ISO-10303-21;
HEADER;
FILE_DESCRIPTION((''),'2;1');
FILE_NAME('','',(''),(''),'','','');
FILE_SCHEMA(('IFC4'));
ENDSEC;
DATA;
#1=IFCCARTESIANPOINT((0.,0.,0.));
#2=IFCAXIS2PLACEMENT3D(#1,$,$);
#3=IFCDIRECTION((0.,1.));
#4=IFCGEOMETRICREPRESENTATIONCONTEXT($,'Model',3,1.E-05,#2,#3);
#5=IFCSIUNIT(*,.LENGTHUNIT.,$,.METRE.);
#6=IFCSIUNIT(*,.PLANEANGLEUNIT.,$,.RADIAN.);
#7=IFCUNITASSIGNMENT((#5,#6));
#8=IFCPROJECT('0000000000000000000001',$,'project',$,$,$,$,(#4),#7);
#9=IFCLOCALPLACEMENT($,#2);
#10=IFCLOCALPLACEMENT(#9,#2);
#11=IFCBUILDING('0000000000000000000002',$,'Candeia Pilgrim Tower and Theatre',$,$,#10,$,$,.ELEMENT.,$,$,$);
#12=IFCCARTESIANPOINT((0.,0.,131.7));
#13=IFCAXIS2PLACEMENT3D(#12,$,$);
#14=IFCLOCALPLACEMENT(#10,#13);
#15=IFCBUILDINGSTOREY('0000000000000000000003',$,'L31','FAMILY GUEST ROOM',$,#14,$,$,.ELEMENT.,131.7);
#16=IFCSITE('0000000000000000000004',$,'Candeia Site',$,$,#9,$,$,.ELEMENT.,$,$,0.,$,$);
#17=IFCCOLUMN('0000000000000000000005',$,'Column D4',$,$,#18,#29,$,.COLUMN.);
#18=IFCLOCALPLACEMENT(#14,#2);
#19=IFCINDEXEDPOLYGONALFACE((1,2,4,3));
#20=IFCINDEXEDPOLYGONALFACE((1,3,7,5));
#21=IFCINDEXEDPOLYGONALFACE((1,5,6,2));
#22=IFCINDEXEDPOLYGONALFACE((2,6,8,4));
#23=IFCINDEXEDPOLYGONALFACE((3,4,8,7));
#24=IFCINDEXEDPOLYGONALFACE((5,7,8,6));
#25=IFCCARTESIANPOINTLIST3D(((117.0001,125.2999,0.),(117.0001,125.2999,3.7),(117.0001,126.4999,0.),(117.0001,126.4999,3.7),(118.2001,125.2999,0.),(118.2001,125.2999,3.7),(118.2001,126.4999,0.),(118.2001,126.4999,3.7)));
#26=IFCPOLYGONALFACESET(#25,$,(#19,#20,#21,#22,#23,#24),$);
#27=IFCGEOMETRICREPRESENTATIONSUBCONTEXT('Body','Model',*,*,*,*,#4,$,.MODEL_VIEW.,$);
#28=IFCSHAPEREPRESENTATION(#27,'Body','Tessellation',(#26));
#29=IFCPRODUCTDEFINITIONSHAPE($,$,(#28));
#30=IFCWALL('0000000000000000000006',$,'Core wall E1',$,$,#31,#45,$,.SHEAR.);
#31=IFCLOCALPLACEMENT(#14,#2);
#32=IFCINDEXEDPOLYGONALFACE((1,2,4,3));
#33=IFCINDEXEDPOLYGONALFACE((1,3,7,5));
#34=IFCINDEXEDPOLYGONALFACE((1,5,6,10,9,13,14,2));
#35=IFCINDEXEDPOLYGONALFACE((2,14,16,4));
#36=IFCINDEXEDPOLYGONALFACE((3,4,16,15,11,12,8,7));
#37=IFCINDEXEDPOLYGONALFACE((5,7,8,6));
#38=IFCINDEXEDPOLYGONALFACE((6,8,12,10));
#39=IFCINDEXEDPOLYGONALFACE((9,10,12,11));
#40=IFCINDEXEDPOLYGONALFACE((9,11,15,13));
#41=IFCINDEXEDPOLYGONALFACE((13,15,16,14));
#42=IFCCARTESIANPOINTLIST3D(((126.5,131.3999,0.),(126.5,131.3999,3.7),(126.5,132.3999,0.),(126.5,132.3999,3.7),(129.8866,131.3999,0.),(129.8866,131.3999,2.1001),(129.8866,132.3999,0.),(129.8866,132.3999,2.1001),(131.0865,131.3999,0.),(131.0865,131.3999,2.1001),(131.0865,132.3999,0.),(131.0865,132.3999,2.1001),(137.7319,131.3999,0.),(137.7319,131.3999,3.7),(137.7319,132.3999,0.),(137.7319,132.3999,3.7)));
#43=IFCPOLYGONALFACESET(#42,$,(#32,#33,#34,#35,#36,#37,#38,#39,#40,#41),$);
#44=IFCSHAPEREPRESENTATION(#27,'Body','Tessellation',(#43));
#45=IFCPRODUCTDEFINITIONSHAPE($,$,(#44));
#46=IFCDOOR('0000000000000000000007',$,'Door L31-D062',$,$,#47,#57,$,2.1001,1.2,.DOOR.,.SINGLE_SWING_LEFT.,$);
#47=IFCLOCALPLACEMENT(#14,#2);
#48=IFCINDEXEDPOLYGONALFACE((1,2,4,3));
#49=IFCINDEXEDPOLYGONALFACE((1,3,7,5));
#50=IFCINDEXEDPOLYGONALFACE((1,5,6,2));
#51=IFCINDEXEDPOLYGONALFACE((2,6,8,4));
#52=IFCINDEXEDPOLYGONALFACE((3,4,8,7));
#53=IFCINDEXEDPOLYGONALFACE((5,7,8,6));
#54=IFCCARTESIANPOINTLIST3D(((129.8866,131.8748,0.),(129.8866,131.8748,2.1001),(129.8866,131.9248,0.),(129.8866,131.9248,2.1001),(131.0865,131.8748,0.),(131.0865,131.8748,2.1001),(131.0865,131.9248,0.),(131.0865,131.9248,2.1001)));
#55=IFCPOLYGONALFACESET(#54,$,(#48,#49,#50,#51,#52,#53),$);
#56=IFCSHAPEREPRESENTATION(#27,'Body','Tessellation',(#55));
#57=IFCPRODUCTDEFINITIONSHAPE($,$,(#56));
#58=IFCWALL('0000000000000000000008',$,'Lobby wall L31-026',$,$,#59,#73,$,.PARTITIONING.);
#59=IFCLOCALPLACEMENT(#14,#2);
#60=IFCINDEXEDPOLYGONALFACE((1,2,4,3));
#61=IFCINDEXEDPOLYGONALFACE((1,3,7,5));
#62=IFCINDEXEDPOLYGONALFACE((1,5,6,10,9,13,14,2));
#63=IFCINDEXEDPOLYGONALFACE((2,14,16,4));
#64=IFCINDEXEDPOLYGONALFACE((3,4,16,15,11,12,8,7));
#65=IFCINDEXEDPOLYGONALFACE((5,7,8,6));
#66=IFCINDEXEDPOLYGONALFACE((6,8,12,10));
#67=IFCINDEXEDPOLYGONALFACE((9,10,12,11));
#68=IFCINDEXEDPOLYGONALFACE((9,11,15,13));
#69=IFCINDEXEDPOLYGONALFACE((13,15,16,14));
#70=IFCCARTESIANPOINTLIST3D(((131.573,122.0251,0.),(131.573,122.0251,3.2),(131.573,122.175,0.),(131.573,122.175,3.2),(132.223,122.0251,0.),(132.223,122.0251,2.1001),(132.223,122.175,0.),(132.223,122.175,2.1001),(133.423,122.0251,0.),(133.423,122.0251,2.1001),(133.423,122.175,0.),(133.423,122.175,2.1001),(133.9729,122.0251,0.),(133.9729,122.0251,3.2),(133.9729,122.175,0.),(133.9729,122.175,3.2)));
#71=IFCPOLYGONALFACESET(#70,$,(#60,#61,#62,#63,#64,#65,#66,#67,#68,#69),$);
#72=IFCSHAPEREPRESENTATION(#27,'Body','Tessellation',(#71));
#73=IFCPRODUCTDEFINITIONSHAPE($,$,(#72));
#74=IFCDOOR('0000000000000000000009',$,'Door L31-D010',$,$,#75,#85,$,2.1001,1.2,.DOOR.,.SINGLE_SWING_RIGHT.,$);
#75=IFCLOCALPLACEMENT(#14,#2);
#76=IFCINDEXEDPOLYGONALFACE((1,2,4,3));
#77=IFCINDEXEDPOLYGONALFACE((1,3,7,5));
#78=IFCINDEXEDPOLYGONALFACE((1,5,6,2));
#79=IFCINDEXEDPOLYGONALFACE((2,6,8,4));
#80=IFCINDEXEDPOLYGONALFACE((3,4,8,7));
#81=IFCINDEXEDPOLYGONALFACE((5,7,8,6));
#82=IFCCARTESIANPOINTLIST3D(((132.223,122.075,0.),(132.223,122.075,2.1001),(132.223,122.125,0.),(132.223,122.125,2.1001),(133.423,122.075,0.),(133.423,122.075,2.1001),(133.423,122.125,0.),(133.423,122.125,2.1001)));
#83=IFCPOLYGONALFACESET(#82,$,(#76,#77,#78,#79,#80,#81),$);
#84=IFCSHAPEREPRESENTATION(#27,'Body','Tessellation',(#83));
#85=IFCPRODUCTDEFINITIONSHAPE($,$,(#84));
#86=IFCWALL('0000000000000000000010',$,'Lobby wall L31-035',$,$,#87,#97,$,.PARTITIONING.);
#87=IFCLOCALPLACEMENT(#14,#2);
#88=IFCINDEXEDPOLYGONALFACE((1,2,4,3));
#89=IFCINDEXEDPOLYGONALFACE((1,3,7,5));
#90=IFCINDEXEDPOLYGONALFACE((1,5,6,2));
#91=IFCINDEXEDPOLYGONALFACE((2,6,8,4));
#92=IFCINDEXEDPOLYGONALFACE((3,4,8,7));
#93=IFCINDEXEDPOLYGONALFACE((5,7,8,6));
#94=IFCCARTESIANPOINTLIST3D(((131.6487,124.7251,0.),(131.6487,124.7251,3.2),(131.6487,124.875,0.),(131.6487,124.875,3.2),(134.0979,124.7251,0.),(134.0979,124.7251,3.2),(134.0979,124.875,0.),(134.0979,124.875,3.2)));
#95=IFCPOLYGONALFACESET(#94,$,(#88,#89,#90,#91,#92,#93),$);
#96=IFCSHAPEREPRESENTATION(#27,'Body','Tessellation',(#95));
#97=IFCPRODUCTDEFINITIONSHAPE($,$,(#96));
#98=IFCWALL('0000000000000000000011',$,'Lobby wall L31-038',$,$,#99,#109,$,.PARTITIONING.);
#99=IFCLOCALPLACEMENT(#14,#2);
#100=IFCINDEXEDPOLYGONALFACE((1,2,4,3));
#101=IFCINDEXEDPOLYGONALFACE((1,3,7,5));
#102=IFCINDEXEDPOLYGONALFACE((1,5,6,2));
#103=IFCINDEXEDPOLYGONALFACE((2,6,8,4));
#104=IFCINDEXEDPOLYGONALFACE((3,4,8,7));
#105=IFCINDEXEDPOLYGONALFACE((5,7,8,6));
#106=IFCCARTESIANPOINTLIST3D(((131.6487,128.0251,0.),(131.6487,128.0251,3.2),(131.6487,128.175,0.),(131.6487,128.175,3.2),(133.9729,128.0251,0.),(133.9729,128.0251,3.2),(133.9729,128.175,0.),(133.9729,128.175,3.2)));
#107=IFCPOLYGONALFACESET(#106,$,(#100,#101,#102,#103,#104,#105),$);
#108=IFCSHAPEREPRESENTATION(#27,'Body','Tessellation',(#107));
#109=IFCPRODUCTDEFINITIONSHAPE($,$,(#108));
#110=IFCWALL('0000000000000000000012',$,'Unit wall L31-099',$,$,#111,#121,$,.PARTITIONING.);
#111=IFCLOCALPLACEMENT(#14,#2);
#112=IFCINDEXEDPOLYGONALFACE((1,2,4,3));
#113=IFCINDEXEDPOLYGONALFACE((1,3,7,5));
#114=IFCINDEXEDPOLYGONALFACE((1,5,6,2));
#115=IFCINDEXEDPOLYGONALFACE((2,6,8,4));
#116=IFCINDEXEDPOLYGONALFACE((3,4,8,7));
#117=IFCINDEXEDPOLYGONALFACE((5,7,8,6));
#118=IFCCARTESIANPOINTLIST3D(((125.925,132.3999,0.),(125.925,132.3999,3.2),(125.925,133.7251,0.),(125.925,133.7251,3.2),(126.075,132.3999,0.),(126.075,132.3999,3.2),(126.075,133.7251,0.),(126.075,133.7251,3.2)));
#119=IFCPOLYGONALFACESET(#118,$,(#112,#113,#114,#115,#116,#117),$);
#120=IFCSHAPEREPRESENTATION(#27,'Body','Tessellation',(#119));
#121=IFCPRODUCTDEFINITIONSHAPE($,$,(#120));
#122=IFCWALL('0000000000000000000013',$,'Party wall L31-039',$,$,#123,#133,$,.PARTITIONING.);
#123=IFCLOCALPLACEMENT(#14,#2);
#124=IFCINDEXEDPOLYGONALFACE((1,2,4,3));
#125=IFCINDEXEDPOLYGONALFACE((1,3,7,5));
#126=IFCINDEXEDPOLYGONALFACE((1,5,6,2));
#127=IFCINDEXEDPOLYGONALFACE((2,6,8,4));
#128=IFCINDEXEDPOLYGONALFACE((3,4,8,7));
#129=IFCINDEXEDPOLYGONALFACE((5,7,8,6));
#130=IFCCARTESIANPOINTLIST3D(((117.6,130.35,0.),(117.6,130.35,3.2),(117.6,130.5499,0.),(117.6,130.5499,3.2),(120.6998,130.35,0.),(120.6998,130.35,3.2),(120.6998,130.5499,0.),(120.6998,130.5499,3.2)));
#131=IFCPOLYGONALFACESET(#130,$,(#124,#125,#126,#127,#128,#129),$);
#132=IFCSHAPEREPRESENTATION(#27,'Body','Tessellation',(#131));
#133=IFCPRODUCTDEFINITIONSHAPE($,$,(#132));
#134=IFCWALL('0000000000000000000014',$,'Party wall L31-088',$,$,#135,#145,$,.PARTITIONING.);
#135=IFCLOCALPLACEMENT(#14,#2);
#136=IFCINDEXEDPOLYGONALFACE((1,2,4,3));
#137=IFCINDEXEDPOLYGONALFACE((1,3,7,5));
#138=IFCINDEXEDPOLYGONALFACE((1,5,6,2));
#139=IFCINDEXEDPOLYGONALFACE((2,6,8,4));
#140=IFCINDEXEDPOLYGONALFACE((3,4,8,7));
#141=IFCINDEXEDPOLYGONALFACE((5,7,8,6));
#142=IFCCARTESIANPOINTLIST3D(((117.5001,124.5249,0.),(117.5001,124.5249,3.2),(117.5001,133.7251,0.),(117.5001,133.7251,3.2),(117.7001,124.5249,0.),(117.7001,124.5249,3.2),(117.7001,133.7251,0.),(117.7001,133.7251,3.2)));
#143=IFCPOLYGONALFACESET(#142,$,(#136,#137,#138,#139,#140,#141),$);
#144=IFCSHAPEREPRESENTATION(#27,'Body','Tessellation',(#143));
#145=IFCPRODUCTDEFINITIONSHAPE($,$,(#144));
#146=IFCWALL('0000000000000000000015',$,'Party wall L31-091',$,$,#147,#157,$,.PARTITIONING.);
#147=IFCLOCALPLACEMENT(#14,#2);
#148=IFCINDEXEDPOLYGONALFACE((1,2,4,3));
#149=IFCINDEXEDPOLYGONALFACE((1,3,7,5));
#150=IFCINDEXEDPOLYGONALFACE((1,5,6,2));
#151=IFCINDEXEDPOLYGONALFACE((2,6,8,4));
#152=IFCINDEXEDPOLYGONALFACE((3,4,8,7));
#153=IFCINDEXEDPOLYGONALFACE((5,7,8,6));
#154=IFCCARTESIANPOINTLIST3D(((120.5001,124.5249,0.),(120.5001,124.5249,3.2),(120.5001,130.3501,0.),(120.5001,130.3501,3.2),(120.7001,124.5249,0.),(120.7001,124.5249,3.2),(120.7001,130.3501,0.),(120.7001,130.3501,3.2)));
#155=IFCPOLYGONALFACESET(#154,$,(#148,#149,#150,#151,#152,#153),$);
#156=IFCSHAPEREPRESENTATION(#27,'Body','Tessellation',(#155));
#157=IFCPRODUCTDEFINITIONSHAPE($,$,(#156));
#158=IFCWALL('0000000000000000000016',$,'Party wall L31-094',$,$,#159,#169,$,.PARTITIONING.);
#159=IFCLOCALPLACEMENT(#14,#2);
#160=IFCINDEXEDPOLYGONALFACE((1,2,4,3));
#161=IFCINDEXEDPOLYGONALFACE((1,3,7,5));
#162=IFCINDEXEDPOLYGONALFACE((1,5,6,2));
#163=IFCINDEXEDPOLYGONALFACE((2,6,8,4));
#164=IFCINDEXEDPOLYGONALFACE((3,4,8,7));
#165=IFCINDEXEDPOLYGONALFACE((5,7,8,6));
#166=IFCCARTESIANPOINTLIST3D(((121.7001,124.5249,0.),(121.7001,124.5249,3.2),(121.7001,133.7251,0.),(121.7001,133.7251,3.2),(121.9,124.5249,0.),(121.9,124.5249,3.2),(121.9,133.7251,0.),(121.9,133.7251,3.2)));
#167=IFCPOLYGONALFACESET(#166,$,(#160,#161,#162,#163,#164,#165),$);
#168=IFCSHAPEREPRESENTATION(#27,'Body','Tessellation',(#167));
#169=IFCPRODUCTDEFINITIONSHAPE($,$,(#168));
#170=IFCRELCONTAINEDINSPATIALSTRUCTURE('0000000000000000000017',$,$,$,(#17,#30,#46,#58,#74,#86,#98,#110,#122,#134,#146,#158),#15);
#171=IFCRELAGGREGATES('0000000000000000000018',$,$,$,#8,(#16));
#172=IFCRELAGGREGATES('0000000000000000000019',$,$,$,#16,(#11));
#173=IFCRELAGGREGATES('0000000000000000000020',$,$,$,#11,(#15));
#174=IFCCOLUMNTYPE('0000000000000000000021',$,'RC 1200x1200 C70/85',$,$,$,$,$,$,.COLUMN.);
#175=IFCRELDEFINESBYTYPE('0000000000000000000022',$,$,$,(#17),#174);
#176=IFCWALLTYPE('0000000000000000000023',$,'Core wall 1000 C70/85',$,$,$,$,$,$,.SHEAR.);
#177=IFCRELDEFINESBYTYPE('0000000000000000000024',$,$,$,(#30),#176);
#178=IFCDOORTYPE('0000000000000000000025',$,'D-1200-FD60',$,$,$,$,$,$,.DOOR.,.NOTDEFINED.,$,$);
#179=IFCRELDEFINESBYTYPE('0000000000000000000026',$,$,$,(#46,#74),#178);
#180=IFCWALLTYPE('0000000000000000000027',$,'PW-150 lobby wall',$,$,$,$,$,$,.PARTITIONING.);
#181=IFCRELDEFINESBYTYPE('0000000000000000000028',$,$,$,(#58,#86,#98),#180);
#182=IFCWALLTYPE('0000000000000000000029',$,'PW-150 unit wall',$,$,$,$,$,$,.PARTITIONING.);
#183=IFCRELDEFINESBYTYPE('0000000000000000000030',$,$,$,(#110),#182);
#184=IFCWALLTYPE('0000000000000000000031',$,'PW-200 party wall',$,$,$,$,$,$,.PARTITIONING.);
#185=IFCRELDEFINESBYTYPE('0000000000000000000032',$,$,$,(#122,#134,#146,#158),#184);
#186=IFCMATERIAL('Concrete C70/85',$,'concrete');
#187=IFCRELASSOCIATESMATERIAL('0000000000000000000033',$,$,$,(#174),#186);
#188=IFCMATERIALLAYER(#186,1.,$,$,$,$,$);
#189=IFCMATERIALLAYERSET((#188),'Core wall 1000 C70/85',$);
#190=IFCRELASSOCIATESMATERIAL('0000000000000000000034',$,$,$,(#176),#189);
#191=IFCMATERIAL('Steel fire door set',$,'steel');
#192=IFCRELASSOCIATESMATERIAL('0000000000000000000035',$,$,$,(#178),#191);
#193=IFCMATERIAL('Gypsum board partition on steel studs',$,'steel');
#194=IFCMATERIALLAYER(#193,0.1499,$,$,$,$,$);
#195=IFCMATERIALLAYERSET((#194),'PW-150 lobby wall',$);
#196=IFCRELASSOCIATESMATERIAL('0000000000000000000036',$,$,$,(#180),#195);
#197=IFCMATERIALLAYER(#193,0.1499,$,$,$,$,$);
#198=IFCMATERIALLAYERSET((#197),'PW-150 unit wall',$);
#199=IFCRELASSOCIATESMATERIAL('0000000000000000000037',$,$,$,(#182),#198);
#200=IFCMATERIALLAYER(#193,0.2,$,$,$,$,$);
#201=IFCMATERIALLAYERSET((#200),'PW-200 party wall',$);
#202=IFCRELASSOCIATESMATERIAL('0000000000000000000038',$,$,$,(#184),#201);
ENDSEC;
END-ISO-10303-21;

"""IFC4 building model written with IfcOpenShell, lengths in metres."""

from ifc_helpers import new_model, si_unit, direction, frame, frame_2d, origin, origin_2d, place, context, subcontext, project, spatial, rectangle, extrude, material, layer, layer_set, material_profile, profile_set, type_object, element, fill, save


model = new_model("IFC4")

# Units and contexts
model_context = context("Model", 3, precision=1e-05, world=origin(), true_north=direction((0.0, 1.0)))
body_context = subcontext(model_context, "Body", "Model", "MODEL_VIEW")
ifc_project = project(units=[si_unit("LENGTHUNIT", "METRE"), si_unit("PLANEANGLEUNIT", "RADIAN")], contexts=[model_context])

# Site, building, storey
site_placement = place(None, origin())
site = spatial("IfcSite", under=ifc_project, at=site_placement, Name="Candeia Site", CompositionType="ELEMENT", RefElevation=0.0)
building_placement = place(site_placement, origin())
building = spatial("IfcBuilding", under=site, at=building_placement, Name="Candeia Pilgrim Tower and Theatre", CompositionType="ELEMENT")
storey_placement = place(building_placement, frame((0.0, 0.0, 131.7)))
storey = spatial("IfcBuildingStorey", under=building, at=storey_placement, Name="L31", Description="FAMILY GUEST ROOM", CompositionType="ELEMENT", Elevation=131.7)

# Column
ifc_material_1 = material(Name="Concrete C70/85", Category="concrete")
ifc_material_profile = material_profile(ifc_material_1, rectangle(XDim=1.2, YDim=1.2, at=origin_2d()))
ifc_profile_set = profile_set([ifc_material_profile], Name="Concrete C70/85")
column_type = type_object("IfcColumnType", Name="RC 1200x1200 C70/85", PredefinedType="COLUMN", material=ifc_profile_set)
column_placement = place(storey_placement, frame((117.6001, 125.8999, 0.0), z_axis=(0.0, 0.0, 1.0), x_axis=(1.0, 0.0, 0.0)))
element("IfcColumn", 1, at=column_placement, inside=storey, type_object=column_type, Name="Column D4", PredefinedType="COLUMN", context=body_context, shape_type="SweptSolid", body=[
    extrude(rectangle(XDim=1.2, YDim=1.2, at=origin_2d()), origin(), (0.0, 0.0, 1.0), 3.7),
])

# Walls, openings, doors
ifc_layer_1 = layer(ifc_material_1, 1.0)
ifc_layer_set_1 = layer_set([ifc_layer_1], Name="Core wall 1000 C70/85")
wall_type_1 = type_object("IfcWallType", Name="Core wall 1000 C70/85", PredefinedType="SHEAR", material=ifc_layer_set_1)
wall_1_placement = place(storey_placement, frame((126.5, 131.8999, 0.0), z_axis=(0.0, 0.0, 1.0), x_axis=(1.0, 0.0, 0.0)))
wall_1 = element("IfcWall", 2, at=wall_1_placement, inside=storey, type_object=wall_type_1, Name="Core wall E1", PredefinedType="SHEAR", context=body_context, shape_type="SweptSolid", body=[
    extrude(rectangle(XDim=11.2319, YDim=1.0, at=frame_2d((5.616, 0.0))), origin(), (0.0, 0.0, 1.0), 3.7),
])
opening_1_placement = place(wall_1_placement, frame((3.3865, 0.0, 0.0)))
opening_1 = element("IfcOpeningElement", 3, at=opening_1_placement, cuts=wall_1, PredefinedType="OPENING", context=body_context, shape_type="SweptSolid", body=[
    extrude(rectangle(XDim=1.2, YDim=2.1001, at=frame_2d((0.6001, 1.05))), frame((0.0, 0.51, 0.0), z_axis=(0.0, -1.0, 0.0), x_axis=(1.0, 0.0, 0.0)), (0.0, 0.0, 1.0), 1.02),
])
ifc_material_2 = material(Name="Steel fire door set", Category="steel")
door_type_1 = type_object("IfcDoorType", Name="D-1200-FD60", OperationType="NOTDEFINED", PredefinedType="DOOR", material=ifc_material_2)
door_1_placement = place(opening_1_placement, origin())
door_1 = element("IfcDoor", 4, at=door_1_placement, inside=storey, type_object=door_type_1, Name="Door L31-D062", OperationType="SINGLE_SWING_LEFT", OverallHeight=2.1001, OverallWidth=1.2, PredefinedType="DOOR", context=body_context, shape_type="SweptSolid", body=[
    extrude(rectangle(XDim=1.2, YDim=2.1001, at=frame_2d((0.6001, 1.05))), frame((0.0, 0.0249, 0.0), z_axis=(0.0, -1.0, 0.0), x_axis=(1.0, 0.0, 0.0)), (0.0, 0.0, 1.0), 0.05),
])
fill(opening_1, door_1)
ifc_material_3 = material(Name="Gypsum board partition on steel studs", Category="steel")
ifc_layer_2 = layer(ifc_material_3, 0.1499)
ifc_layer_set_2 = layer_set([ifc_layer_2], Name="PW-150 lobby wall")
wall_type_2 = type_object("IfcWallType", Name="PW-150 lobby wall", PredefinedType="PARTITIONING", material=ifc_layer_set_2)
wall_2_placement = place(storey_placement, frame((131.573, 122.1001, 0.0), z_axis=(0.0, 0.0, 1.0), x_axis=(1.0, 0.0, 0.0)))
wall_2 = element("IfcWall", 5, at=wall_2_placement, inside=storey, type_object=wall_type_2, Name="Lobby wall L31-026", PredefinedType="PARTITIONING", context=body_context, shape_type="SweptSolid", body=[
    extrude(rectangle(XDim=2.3999, YDim=0.1499, at=frame_2d((1.2, 0.0))), origin(), (0.0, 0.0, 1.0), 3.2),
])
opening_2_placement = place(wall_2_placement, frame((0.6499, 0.0, 0.0)))
opening_2 = element("IfcOpeningElement", 6, at=opening_2_placement, cuts=wall_2, PredefinedType="OPENING", context=body_context, shape_type="SweptSolid", body=[
    extrude(rectangle(XDim=1.2, YDim=2.1001, at=frame_2d((0.6001, 1.05))), frame((0.0, 0.085, 0.0), z_axis=(0.0, -1.0, 0.0), x_axis=(1.0, 0.0, 0.0)), (0.0, 0.0, 1.0), 0.1699),
])
door_2_placement = place(opening_2_placement, origin())
door_2 = element("IfcDoor", 7, at=door_2_placement, inside=storey, type_object=door_type_1, Name="Door L31-D010", OperationType="SINGLE_SWING_RIGHT", OverallHeight=2.1001, OverallWidth=1.2, PredefinedType="DOOR", context=body_context, shape_type="SweptSolid", body=[
    extrude(rectangle(XDim=1.2, YDim=2.1001, at=frame_2d((0.6001, 1.05))), frame((0.0, 0.0249, 0.0), z_axis=(0.0, -1.0, 0.0), x_axis=(1.0, 0.0, 0.0)), (0.0, 0.0, 1.0), 0.05),
])
fill(opening_2, door_2)

# Walls
wall_3_placement = place(storey_placement, frame((131.6487, 124.8, 0.0), z_axis=(0.0, 0.0, 1.0), x_axis=(1.0, 0.0, 0.0)))
element("IfcWall", 8, at=wall_3_placement, inside=storey, type_object=wall_type_2, Name="Lobby wall L31-035", PredefinedType="PARTITIONING", context=body_context, shape_type="SweptSolid", body=[
    extrude(rectangle(XDim=2.4492, YDim=0.1499, at=frame_2d((1.2246, 0.0))), origin(), (0.0, 0.0, 1.0), 3.2),
])
wall_4_placement = place(storey_placement, frame((131.6487, 128.1001, 0.0), z_axis=(0.0, 0.0, 1.0), x_axis=(1.0, 0.0, 0.0)))
element("IfcWall", 9, at=wall_4_placement, inside=storey, type_object=wall_type_2, Name="Lobby wall L31-038", PredefinedType="PARTITIONING", context=body_context, shape_type="SweptSolid", body=[
    extrude(rectangle(XDim=2.3242, YDim=0.1499, at=frame_2d((1.1621, 0.0))), origin(), (0.0, 0.0, 1.0), 3.2),
])
ifc_layer_3 = layer(ifc_material_3, 0.1499)
ifc_layer_set_3 = layer_set([ifc_layer_3], Name="PW-150 unit wall")
wall_type_3 = type_object("IfcWallType", Name="PW-150 unit wall", PredefinedType="PARTITIONING", material=ifc_layer_set_3)
wall_5_placement = place(storey_placement, frame((126.0, 132.3999, 0.0), z_axis=(0.0, 0.0, 1.0), x_axis=(0.0, 1.0, 0.0)))
element("IfcWall", 10, at=wall_5_placement, inside=storey, type_object=wall_type_3, Name="Unit wall L31-099", PredefinedType="PARTITIONING", context=body_context, shape_type="SweptSolid", body=[
    extrude(rectangle(XDim=1.3252, YDim=0.1499, at=frame_2d((0.6626, 0.0))), origin(), (0.0, 0.0, 1.0), 3.2),
])
ifc_layer_4 = layer(ifc_material_3, 0.2)
ifc_layer_set_4 = layer_set([ifc_layer_4], Name="PW-200 party wall")
wall_type_4 = type_object("IfcWallType", Name="PW-200 party wall", PredefinedType="PARTITIONING", material=ifc_layer_set_4)
wall_6_placement = place(storey_placement, frame((117.6001, 130.45, 0.0), z_axis=(0.0, 0.0, 1.0), x_axis=(1.0, 0.0, 0.0)))
element("IfcWall", 11, at=wall_6_placement, inside=storey, type_object=wall_type_4, Name="Party wall L31-039", PredefinedType="PARTITIONING", context=body_context, shape_type="SweptSolid", body=[
    extrude(rectangle(XDim=3.0999, YDim=0.2, at=frame_2d((1.5498, 0.0))), origin(), (0.0, 0.0, 1.0), 3.2),
])
wall_7_placement = place(storey_placement, frame((117.6001, 124.5249, 0.0), z_axis=(0.0, 0.0, 1.0), x_axis=(0.0, 1.0, 0.0)))
element("IfcWall", 12, at=wall_7_placement, inside=storey, type_object=wall_type_4, Name="Party wall L31-088", PredefinedType="PARTITIONING", context=body_context, shape_type="SweptSolid", body=[
    extrude(rectangle(XDim=9.2002, YDim=0.2, at=frame_2d((4.6001, 0.0))), origin(), (0.0, 0.0, 1.0), 3.2),
])
wall_8_placement = place(storey_placement, frame((120.6001, 124.5249, 0.0), z_axis=(0.0, 0.0, 1.0), x_axis=(0.0, 1.0, 0.0)))
element("IfcWall", 13, at=wall_8_placement, inside=storey, type_object=wall_type_4, Name="Party wall L31-091", PredefinedType="PARTITIONING", context=body_context, shape_type="SweptSolid", body=[
    extrude(rectangle(XDim=5.8252, YDim=0.2, at=frame_2d((2.9126, 0.0))), origin(), (0.0, 0.0, 1.0), 3.2),
])
wall_9_placement = place(storey_placement, frame((121.8, 124.5249, 0.0), z_axis=(0.0, 0.0, 1.0), x_axis=(0.0, 1.0, 0.0)))
element("IfcWall", 14, at=wall_9_placement, inside=storey, type_object=wall_type_4, Name="Party wall L31-094", PredefinedType="PARTITIONING", context=body_context, shape_type="SweptSolid", body=[
    extrude(rectangle(XDim=9.2002, YDim=0.2, at=frame_2d((4.6001, 0.0))), origin(), (0.0, 0.0, 1.0), 3.2),
])

save(model, "model.ifc")
